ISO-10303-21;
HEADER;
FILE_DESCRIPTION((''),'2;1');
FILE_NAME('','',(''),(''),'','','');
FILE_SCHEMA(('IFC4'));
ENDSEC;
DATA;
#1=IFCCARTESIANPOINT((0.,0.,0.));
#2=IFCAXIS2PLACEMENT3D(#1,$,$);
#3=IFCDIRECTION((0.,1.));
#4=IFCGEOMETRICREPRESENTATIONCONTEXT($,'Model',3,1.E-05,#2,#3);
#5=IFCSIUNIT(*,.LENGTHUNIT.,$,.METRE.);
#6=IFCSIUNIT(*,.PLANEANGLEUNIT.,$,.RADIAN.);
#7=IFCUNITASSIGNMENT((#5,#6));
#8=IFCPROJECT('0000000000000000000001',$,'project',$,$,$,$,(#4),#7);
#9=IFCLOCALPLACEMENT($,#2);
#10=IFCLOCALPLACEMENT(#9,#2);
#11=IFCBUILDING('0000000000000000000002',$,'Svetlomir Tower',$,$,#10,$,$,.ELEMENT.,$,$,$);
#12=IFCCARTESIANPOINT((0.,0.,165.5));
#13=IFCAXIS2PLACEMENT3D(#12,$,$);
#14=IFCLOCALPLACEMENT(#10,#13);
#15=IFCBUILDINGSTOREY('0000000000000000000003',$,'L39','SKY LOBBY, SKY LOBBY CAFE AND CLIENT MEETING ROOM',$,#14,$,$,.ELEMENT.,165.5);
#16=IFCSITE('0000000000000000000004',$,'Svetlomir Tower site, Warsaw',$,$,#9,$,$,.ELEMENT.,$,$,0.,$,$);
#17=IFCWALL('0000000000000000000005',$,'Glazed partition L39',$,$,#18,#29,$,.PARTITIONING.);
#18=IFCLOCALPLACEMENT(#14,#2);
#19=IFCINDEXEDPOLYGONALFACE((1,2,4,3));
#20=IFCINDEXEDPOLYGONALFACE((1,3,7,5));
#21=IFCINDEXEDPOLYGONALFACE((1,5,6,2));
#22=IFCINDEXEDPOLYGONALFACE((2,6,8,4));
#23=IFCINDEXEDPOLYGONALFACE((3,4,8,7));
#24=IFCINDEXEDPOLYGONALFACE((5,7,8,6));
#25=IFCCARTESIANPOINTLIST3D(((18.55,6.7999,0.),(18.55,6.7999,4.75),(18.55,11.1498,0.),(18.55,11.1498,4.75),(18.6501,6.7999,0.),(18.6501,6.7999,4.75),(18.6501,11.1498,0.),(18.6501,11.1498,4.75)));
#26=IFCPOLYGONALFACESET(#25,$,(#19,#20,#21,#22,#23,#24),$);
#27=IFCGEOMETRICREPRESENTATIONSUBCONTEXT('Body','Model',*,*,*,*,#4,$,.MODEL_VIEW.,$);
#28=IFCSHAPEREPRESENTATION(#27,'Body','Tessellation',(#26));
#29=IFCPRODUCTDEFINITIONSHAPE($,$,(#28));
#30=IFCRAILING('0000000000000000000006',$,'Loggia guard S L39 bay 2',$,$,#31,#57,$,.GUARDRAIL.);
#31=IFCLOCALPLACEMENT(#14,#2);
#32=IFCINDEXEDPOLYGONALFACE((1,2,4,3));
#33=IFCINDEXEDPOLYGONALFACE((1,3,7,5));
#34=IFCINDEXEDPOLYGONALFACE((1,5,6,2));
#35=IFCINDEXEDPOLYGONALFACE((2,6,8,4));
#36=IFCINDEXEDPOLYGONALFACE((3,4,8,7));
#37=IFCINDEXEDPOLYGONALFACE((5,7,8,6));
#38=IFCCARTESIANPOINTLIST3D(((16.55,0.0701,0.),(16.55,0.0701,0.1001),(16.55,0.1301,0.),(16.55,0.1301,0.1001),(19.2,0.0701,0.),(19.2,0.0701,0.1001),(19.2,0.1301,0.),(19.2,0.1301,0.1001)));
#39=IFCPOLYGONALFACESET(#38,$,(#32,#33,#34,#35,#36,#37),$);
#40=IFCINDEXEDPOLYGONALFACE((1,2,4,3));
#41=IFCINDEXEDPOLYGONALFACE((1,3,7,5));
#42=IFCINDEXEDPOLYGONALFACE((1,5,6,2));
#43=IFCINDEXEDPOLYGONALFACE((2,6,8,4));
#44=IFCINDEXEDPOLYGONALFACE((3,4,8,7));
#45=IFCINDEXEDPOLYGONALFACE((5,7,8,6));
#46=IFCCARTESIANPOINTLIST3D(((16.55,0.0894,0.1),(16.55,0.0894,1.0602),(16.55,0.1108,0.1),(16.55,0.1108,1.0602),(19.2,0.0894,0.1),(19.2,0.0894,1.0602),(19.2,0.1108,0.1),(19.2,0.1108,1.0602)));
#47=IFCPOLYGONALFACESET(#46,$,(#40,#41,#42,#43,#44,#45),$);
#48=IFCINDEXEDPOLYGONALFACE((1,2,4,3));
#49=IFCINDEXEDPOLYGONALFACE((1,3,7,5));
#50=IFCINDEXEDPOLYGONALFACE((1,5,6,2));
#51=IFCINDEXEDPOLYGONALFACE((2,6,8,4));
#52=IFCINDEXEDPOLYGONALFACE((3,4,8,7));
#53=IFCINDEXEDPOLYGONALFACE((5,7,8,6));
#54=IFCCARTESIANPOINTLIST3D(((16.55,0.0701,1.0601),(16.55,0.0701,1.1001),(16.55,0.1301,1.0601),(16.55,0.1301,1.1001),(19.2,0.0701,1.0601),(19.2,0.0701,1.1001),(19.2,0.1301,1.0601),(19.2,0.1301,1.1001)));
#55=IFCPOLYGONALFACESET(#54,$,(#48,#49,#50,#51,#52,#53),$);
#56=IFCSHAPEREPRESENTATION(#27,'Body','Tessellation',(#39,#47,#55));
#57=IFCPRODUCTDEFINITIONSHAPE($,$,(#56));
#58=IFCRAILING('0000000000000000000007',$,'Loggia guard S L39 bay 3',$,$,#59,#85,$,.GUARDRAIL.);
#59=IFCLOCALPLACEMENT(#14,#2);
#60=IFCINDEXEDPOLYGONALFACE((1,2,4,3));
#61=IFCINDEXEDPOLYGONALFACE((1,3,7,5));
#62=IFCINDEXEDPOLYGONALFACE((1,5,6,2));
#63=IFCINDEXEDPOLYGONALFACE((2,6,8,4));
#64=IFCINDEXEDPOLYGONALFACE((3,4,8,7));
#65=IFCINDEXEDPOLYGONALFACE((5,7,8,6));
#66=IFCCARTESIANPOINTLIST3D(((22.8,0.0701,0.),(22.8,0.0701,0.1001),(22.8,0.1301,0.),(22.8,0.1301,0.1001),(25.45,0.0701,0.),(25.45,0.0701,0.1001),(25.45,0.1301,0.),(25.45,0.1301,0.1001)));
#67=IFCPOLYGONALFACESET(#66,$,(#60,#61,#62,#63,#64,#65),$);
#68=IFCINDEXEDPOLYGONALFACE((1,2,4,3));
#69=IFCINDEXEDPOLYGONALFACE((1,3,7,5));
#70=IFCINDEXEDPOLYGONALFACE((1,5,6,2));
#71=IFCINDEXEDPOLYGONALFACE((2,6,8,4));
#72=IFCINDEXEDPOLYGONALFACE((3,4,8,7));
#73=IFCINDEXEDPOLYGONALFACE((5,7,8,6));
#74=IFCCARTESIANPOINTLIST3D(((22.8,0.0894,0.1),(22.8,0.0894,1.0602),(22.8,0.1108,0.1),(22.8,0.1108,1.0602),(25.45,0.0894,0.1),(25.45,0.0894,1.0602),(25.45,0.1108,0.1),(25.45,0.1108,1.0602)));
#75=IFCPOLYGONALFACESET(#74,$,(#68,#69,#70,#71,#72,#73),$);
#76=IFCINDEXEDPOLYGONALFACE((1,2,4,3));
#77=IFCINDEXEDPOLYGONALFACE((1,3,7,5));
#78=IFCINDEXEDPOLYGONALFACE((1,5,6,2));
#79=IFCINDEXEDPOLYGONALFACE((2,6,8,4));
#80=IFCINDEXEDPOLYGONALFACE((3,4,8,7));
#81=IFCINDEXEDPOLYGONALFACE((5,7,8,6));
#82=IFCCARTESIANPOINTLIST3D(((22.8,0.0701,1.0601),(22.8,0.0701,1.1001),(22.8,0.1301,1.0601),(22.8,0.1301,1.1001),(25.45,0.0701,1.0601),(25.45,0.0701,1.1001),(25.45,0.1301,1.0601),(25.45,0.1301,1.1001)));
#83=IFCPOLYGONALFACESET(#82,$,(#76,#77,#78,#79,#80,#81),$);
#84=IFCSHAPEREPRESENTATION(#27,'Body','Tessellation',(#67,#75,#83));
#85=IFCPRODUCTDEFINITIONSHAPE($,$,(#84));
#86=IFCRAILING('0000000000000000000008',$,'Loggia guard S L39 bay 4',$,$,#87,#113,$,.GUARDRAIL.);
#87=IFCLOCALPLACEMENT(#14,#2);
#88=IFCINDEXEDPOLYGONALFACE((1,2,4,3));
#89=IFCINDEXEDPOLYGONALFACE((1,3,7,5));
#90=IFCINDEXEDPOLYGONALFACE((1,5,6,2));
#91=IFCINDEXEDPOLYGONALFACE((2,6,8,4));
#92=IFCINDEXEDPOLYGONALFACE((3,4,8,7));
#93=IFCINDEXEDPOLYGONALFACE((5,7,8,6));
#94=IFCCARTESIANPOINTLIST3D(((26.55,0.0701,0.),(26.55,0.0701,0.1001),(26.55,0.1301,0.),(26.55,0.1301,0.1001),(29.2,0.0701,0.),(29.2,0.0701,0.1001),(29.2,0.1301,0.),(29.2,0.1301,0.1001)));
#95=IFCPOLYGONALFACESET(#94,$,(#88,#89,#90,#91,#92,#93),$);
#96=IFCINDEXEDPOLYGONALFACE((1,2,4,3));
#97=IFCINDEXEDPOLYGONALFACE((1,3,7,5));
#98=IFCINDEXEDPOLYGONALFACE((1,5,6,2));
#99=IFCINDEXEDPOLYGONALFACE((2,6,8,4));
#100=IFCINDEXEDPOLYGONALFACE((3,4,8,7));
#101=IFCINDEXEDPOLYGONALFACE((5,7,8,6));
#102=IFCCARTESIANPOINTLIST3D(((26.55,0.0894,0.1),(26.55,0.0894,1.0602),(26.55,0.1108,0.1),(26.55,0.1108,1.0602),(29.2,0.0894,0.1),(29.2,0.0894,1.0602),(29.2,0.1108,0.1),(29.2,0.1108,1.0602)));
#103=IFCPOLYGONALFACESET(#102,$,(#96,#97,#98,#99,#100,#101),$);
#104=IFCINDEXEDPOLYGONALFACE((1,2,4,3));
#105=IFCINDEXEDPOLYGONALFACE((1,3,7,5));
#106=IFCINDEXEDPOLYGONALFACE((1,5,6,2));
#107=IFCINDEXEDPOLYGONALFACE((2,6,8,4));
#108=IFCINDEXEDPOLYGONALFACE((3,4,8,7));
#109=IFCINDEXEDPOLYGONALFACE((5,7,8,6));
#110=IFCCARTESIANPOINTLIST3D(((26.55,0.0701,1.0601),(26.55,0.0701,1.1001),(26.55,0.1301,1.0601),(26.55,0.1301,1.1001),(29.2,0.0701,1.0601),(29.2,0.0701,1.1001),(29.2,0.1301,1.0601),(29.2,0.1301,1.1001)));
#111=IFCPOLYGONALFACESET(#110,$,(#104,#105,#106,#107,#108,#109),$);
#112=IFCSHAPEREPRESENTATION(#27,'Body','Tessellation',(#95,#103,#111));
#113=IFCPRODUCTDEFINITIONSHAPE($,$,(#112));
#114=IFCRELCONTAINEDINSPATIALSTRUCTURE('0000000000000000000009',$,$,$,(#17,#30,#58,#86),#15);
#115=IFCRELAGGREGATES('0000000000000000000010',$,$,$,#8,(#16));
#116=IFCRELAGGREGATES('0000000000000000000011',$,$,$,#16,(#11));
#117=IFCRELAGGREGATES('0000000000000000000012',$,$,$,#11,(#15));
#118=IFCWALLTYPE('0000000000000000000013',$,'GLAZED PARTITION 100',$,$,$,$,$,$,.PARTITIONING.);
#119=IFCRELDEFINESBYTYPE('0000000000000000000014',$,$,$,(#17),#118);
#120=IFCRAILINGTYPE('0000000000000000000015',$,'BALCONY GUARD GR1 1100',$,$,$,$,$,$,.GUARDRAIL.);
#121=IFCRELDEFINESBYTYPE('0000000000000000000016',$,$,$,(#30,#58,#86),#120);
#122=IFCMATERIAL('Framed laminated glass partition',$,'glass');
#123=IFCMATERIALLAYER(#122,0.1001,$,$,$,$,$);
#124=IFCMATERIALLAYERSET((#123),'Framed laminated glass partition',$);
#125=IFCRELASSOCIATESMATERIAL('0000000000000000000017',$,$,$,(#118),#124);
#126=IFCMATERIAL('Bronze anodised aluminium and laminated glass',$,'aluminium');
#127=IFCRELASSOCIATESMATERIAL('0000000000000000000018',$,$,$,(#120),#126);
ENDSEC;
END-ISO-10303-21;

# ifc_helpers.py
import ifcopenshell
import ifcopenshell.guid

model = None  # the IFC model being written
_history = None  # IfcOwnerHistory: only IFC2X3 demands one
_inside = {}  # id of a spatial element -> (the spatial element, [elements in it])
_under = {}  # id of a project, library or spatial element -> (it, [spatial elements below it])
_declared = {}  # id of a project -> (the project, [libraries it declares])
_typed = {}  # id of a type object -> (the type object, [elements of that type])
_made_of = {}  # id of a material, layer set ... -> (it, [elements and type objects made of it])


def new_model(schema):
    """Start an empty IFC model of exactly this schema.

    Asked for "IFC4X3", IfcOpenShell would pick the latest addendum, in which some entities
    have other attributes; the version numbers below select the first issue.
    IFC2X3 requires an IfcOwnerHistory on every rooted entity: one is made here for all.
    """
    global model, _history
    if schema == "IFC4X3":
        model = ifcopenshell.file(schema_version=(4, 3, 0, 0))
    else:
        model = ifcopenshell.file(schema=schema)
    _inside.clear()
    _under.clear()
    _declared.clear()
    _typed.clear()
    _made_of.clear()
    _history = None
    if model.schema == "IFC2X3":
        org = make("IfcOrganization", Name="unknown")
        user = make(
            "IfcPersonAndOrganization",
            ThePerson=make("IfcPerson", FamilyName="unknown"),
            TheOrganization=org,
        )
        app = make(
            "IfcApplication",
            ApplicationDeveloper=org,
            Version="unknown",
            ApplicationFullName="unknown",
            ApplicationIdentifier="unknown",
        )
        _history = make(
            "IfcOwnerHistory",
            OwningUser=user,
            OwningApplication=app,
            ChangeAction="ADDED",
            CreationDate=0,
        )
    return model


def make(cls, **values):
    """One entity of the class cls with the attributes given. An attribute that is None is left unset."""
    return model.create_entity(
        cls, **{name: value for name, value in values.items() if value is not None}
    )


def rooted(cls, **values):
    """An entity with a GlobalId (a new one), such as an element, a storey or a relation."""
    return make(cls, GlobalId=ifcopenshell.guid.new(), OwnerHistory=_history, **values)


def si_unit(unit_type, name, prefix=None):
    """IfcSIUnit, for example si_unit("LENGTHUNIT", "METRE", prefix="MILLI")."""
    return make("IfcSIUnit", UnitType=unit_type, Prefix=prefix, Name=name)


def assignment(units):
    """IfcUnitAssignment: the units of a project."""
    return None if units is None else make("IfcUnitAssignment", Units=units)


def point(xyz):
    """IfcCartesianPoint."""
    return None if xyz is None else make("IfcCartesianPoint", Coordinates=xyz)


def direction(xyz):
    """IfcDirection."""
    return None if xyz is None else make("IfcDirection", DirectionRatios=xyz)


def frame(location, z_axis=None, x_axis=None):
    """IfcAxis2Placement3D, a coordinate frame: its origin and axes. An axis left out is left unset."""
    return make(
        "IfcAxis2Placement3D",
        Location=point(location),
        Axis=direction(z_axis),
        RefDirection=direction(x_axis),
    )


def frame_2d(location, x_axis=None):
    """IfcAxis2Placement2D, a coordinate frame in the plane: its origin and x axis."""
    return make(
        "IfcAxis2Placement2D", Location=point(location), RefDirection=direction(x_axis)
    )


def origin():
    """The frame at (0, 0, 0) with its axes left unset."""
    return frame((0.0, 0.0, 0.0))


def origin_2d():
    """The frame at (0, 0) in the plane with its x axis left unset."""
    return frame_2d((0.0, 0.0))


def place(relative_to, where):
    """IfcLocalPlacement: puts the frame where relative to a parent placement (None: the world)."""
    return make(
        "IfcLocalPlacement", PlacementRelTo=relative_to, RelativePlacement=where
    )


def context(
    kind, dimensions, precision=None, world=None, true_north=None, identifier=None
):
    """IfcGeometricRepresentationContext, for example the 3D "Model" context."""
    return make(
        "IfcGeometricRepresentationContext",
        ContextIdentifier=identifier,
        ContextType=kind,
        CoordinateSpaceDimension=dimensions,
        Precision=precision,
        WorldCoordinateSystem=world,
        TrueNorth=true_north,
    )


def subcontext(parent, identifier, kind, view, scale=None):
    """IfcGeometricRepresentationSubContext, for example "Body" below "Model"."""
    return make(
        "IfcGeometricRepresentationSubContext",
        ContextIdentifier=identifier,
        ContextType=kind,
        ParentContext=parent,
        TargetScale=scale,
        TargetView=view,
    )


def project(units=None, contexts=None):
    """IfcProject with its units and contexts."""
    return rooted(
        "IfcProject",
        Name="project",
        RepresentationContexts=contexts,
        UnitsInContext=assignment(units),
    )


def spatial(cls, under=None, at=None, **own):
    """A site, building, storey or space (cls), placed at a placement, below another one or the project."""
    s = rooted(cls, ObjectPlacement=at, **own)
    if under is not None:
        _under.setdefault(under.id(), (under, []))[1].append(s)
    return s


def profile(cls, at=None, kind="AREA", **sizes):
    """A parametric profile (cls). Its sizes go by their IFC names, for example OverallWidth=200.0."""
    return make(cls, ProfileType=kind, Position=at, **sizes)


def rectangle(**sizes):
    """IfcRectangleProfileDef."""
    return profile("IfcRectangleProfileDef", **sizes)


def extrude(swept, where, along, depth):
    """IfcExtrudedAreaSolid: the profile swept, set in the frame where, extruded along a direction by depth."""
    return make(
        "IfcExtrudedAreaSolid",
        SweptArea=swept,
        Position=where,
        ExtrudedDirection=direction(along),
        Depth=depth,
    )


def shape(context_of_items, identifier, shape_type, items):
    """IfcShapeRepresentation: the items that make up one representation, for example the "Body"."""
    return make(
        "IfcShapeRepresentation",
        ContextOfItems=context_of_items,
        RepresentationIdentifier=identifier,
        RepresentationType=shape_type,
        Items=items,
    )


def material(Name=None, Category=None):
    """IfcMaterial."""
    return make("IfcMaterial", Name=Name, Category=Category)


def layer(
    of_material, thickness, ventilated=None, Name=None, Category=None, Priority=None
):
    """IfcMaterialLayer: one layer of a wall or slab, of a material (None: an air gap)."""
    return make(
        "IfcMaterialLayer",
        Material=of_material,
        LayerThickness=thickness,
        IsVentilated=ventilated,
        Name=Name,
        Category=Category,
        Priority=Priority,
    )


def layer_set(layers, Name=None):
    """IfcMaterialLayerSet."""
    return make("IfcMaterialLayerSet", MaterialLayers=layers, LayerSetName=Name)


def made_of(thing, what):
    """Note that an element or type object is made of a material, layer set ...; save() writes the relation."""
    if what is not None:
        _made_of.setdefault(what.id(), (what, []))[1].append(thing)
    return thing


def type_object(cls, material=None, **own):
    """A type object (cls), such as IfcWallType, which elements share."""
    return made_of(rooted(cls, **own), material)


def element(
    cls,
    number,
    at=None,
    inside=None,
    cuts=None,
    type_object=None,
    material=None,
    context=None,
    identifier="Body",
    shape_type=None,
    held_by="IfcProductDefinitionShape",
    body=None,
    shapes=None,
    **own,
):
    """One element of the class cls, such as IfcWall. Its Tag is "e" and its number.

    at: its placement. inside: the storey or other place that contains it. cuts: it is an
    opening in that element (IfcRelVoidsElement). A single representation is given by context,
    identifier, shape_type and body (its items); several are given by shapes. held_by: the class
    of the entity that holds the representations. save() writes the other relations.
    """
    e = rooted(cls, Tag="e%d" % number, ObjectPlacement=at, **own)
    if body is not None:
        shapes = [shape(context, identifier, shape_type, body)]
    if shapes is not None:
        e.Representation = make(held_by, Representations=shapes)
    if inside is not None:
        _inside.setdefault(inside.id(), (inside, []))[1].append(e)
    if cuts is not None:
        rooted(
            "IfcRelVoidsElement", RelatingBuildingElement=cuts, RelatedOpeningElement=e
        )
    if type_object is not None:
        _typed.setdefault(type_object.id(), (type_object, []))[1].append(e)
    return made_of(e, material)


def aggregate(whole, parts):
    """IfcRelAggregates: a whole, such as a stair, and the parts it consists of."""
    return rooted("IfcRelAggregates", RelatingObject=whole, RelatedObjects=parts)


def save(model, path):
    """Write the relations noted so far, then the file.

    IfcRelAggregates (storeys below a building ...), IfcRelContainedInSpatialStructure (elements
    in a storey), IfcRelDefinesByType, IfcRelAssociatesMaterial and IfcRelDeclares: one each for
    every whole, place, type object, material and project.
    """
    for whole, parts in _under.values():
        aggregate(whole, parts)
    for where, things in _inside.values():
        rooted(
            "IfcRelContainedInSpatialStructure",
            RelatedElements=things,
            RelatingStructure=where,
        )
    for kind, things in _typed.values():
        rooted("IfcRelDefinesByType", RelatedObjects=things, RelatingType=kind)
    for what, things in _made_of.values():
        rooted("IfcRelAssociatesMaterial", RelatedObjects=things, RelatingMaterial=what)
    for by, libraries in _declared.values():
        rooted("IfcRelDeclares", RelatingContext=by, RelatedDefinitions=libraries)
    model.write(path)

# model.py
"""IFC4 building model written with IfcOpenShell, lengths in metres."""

from ifc_helpers import new_model, si_unit, direction, frame, frame_2d, origin, origin_2d, place, context, subcontext, project, spatial, rectangle, extrude, material, layer, layer_set, type_object, element, save


model = new_model("IFC4")

# Units and contexts
model_context = context("Model", 3, precision=1e-05, world=origin(), true_north=direction((0.0, 1.0)))
body_context = subcontext(model_context, "Body", "Model", "MODEL_VIEW")
ifc_project = project(units=[si_unit("LENGTHUNIT", "METRE"), si_unit("PLANEANGLEUNIT", "RADIAN")], contexts=[model_context])

# Site, building, storey
site_placement = place(None, origin())
site = spatial("IfcSite", under=ifc_project, at=site_placement, Name="Svetlomir Tower site, Warsaw", CompositionType="ELEMENT", RefElevation=0.0)
building_placement = place(site_placement, origin())
building = spatial("IfcBuilding", under=site, at=building_placement, Name="Svetlomir Tower", CompositionType="ELEMENT")
storey_placement = place(building_placement, frame((0.0, 0.0, 165.5)))
storey = spatial("IfcBuildingStorey", under=building, at=storey_placement, Name="L39", Description="SKY LOBBY, SKY LOBBY CAFE AND CLIENT MEETING ROOM", CompositionType="ELEMENT", Elevation=165.5)

# Wall
ifc_material_1 = material(Name="Framed laminated glass partition", Category="glass")
ifc_layer_1 = layer(ifc_material_1, 0.1001)
ifc_layer_set_1 = layer_set([ifc_layer_1], Name="Framed laminated glass partition")
wall_type_1 = type_object("IfcWallType", Name="GLAZED PARTITION 100", PredefinedType="PARTITIONING", material=ifc_layer_set_1)
wall_1_placement = place(storey_placement, frame((18.6001, 6.8, 0.0), z_axis=(0.0, 0.0, 1.0), x_axis=(0.0, 1.0, 0.0)))
element("IfcWall", 1, at=wall_1_placement, inside=storey, type_object=wall_type_1, Name="Glazed partition L39", PredefinedType="PARTITIONING", context=body_context, shape_type="SweptSolid", body=[
    extrude(rectangle(XDim=4.3499, YDim=0.1001, at=frame_2d((2.1748, 0.0))), origin(), (0.0, 0.0, 1.0), 4.75),
])

# Railings
ifc_material_2 = material(Name="Bronze anodised aluminium and laminated glass", Category="aluminium")
railing_type = type_object("IfcRailingType", Name="BALCONY GUARD GR1 1100", PredefinedType="GUARDRAIL", material=ifc_material_2)
for number, where, name in (
    (2, (16.55, 0.1001, 0.0), "Loggia guard S L39 bay 2"),
    (3, (22.8, 0.1001, 0.0), "Loggia guard S L39 bay 3"),
    (4, (26.55, 0.1001, 0.0), "Loggia guard S L39 bay 4"),
):
    element("IfcRailing", number, at=place(storey_placement, frame(where)), inside=storey, type_object=railing_type, Name=name, PredefinedType="GUARDRAIL", context=body_context, shape_type="SweptSolid", body=[
        extrude(rectangle(XDim=0.0601, YDim=0.1001, at=origin_2d()), frame((0.0, 0.0, 0.05), z_axis=(1.0, 0.0, 0.0), x_axis=(0.0, 1.0, 0.0)), (0.0, 0.0, 1.0), 2.6499),
        extrude(rectangle(XDim=0.0215, YDim=0.9602, at=origin_2d()), frame((0.0, 0.0, 0.5801), z_axis=(1.0, 0.0, 0.0), x_axis=(0.0, 1.0, 0.0)), (0.0, 0.0, 1.0), 2.6499),
        extrude(rectangle(XDim=0.0601, YDim=0.04, at=origin_2d()), frame((0.0, 0.0, 1.0801), z_axis=(1.0, 0.0, 0.0), x_axis=(0.0, 1.0, 0.0)), (0.0, 0.0, 1.0), 2.6499),
    ])

save(model, "model.ifc")
